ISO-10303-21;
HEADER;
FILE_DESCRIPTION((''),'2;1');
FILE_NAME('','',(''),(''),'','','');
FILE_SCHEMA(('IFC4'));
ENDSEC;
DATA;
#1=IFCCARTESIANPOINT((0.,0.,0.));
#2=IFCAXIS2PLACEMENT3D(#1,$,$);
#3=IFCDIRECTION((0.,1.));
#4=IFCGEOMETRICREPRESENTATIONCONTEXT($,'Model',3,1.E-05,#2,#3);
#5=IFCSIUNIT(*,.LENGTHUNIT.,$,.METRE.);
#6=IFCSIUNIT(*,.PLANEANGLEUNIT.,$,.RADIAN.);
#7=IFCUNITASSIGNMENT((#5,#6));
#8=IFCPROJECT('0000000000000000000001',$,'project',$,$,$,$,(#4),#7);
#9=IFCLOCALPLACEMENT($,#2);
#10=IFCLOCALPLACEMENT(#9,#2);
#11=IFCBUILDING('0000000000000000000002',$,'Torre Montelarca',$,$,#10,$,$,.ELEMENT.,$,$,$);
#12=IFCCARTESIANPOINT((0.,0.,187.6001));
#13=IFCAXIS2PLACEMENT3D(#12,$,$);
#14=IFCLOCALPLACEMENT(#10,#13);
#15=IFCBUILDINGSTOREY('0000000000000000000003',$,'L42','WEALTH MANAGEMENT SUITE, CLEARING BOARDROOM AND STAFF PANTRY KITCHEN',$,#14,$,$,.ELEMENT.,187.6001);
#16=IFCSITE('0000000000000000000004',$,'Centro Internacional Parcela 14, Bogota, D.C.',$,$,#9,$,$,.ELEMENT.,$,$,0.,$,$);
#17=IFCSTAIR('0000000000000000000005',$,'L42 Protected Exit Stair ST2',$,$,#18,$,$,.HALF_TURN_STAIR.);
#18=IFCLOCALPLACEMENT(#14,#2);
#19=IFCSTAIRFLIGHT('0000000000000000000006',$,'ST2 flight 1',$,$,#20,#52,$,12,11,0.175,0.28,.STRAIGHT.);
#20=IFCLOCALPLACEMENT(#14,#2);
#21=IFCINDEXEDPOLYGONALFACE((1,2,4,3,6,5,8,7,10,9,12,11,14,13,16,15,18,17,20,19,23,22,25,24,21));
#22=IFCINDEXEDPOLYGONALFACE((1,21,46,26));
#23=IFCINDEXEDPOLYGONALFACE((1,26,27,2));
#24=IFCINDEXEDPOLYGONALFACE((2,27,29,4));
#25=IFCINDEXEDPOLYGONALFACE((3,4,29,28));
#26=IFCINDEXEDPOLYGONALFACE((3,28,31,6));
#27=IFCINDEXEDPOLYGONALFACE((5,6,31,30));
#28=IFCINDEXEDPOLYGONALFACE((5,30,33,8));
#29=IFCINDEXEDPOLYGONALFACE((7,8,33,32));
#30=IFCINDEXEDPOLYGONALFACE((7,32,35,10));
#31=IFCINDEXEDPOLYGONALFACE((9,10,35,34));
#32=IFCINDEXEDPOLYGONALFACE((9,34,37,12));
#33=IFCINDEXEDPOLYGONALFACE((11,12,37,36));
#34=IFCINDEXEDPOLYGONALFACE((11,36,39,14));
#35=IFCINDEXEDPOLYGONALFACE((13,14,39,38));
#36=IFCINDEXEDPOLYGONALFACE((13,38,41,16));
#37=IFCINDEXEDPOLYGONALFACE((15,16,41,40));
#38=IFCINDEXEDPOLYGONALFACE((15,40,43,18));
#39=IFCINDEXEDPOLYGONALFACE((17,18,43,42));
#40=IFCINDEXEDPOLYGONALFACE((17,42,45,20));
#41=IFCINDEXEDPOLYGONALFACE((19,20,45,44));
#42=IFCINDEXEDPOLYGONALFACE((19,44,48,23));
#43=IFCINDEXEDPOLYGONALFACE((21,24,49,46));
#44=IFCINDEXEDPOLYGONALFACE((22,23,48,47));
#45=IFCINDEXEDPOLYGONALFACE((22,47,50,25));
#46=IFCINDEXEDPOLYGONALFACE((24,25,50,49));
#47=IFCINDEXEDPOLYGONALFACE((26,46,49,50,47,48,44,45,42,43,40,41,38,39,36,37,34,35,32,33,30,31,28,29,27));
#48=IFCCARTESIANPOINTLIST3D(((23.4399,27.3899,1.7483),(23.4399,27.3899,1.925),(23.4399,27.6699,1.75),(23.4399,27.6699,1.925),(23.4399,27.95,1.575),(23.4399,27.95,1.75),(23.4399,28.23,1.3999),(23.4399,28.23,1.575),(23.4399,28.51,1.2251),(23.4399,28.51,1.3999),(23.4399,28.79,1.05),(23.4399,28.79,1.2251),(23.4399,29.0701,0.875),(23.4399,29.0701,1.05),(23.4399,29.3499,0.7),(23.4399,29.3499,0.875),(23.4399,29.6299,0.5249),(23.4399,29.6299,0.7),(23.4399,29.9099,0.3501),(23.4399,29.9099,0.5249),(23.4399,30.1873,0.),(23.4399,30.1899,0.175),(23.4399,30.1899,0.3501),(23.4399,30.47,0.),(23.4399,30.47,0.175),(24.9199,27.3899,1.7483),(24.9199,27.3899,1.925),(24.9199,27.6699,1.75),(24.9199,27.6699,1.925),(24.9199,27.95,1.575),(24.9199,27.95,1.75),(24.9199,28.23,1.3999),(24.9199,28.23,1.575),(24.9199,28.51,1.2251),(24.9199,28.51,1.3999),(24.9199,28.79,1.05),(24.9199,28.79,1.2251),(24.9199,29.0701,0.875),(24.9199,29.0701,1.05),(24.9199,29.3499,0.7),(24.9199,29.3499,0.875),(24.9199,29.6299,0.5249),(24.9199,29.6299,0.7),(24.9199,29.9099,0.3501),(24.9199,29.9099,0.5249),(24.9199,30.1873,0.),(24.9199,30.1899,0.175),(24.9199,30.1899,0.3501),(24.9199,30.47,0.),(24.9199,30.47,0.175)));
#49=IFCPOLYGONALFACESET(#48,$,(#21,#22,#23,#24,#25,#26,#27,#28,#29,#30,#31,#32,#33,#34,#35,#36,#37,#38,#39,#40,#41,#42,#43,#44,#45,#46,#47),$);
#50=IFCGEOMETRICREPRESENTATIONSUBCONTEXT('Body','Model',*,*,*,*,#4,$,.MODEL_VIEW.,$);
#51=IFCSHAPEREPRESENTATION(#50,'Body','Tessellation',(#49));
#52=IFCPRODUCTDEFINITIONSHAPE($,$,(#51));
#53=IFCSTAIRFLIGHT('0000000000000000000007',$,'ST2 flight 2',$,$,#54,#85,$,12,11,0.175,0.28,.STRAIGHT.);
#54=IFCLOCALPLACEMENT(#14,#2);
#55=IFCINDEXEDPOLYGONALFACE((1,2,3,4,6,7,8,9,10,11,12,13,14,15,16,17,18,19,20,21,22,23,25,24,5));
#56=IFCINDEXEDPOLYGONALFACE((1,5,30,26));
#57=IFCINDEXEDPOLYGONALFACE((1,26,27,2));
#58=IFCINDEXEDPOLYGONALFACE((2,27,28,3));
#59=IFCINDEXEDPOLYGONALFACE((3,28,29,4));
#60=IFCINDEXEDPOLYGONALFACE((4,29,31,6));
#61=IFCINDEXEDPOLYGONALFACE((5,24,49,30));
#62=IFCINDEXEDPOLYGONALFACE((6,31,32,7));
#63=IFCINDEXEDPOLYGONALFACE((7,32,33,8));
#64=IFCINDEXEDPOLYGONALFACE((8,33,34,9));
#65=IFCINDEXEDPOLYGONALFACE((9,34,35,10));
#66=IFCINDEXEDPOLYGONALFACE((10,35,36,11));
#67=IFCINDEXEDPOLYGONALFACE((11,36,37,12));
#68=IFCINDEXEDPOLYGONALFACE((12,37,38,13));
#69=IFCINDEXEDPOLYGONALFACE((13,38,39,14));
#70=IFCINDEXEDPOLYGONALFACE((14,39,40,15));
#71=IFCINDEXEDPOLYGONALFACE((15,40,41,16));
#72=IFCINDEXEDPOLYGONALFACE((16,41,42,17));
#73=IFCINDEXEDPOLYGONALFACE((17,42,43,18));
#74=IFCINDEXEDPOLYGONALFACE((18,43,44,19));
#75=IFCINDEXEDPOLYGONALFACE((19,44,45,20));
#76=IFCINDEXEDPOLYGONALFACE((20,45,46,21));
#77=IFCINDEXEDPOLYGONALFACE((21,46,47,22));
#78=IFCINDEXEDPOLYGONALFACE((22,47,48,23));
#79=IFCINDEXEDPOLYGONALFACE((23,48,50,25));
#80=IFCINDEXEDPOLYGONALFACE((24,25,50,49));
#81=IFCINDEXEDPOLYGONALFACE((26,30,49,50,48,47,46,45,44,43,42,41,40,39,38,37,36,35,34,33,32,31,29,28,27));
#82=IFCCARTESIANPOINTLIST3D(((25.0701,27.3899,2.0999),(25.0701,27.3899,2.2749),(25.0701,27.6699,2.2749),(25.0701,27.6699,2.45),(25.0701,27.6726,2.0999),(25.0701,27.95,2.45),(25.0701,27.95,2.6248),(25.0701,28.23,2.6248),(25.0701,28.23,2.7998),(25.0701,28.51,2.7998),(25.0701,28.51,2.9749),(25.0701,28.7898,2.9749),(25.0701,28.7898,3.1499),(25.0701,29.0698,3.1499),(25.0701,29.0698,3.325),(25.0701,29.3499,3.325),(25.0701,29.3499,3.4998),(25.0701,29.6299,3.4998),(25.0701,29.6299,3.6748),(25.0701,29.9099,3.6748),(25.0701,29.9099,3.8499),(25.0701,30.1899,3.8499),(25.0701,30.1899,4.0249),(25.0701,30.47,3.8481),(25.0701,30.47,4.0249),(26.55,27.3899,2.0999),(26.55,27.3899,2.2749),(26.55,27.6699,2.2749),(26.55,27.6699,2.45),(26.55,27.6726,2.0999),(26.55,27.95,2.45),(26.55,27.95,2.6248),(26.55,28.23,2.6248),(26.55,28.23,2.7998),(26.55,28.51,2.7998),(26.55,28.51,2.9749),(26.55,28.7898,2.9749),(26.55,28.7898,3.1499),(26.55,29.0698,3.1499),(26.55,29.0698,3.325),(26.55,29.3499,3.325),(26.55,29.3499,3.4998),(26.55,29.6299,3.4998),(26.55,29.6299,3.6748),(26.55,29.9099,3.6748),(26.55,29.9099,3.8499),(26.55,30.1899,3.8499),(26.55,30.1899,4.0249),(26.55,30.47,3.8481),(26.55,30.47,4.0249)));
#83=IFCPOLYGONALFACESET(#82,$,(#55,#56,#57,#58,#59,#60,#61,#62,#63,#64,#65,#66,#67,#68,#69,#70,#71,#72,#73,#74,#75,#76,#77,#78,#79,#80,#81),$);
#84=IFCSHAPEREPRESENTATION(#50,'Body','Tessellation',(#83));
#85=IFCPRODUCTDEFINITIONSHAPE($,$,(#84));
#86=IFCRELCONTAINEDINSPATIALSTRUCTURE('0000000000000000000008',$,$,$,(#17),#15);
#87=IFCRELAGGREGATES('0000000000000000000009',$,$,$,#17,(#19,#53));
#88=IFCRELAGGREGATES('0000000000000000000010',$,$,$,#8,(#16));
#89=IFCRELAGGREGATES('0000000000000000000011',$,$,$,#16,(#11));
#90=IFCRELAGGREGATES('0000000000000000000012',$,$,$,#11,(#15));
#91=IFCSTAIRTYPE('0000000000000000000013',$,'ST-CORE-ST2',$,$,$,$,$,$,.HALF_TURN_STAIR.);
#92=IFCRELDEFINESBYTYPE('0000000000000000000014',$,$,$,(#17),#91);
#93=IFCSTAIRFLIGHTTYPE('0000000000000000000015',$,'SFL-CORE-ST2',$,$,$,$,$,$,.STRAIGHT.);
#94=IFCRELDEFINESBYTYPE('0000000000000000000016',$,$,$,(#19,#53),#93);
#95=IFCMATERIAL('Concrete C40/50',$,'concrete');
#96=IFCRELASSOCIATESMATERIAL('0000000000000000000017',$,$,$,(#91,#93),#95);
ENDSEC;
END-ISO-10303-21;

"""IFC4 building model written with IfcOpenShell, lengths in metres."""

from ifc_helpers import new_model, si_unit, direction, frame, origin, place, context, subcontext, project, spatial, polyline, outline, extrude, material, type_object, element, aggregate, save


model = new_model("IFC4")

# Units and contexts
model_context = context("Model", 3, precision=1e-05, world=origin(), true_north=direction((0.0, 1.0)))
body_context = subcontext(model_context, "Body", "Model", "MODEL_VIEW")
ifc_project = project(units=[si_unit("LENGTHUNIT", "METRE"), si_unit("PLANEANGLEUNIT", "RADIAN")], contexts=[model_context])

# Site, building, storey
site_placement = place(None, origin())
site = spatial("IfcSite", under=ifc_project, at=site_placement, Name="Centro Internacional Parcela 14, Bogota, D.C.", CompositionType="ELEMENT", RefElevation=0.0)
building_placement = place(site_placement, origin())
building = spatial("IfcBuilding", under=site, at=building_placement, Name="Torre Montelarca", CompositionType="ELEMENT")
storey_placement = place(building_placement, frame((0.0, 0.0, 187.6001)))
storey = spatial("IfcBuildingStorey", under=building, at=storey_placement, Name="L42", Description="WEALTH MANAGEMENT SUITE, CLEARING BOARDROOM AND STAFF PANTRY KITCHEN", CompositionType="ELEMENT", Elevation=187.6001)

# Shared definitions
ifc_material_1 = material(Name="Concrete C40/50", Category="concrete")

# Stair, stair flights
stair_type = type_object("IfcStairType", Name="ST-CORE-ST2", PredefinedType="HALF_TURN_STAIR", material=ifc_material_1)
stair_placement = place(storey_placement, origin())
stair = element("IfcStair", 1, at=stair_placement, inside=storey, type_object=stair_type, Name="L42 Protected Exit Stair ST2", PredefinedType="HALF_TURN_STAIR")
stair_flight_type = type_object("IfcStairFlightType", Name="SFL-CORE-ST2", PredefinedType="STRAIGHT", material=ifc_material_1)
stair_flight_1_placement = place(storey_placement, frame((24.1799, 30.47, 0.0), z_axis=(0.0, 0.0, 1.0), x_axis=(0.0, -1.0, 0.0)))
stair_flight_1 = element("IfcStairFlight", 2, at=stair_flight_1_placement, type_object=stair_flight_type, Name="ST2 flight 1", NumberOfRisers=12, NumberOfTreads=11, PredefinedType="STRAIGHT", RiserHeight=0.175, TreadLength=0.28, context=body_context, shape_type="SweptSolid", body=[
    extrude(outline(polyline([(0.0, 0.0), (0.0, 0.175), (0.28, 0.175), (0.28, 0.3501), (0.5601, 0.3501), (0.5601, 0.5249), (0.8401, 0.5249), (0.8401, 0.7), (1.1201, 0.7), (1.1201, 0.875), (1.3999, 0.875), (1.3999, 1.05), (1.6799, 1.05), (1.6799, 1.2251), (1.96, 1.2251), (1.96, 1.3999), (2.24, 1.3999), (2.24, 1.575), (2.52, 1.575), (2.52, 1.75), (2.8, 1.75), (2.8, 1.925), (3.0801, 1.925), (3.0801, 2.1001), (3.0801, 1.7483), (0.2827, 0.0), (0.0, 0.0)])), frame((0.0, 0.74, 0.0), z_axis=(0.0, -1.0, 0.0), x_axis=(1.0, 0.0, 0.0)), (0.0, 0.0, 1.0), 1.48),
])
stair_flight_2_placement = place(storey_placement, frame((25.8101, 27.3899, 2.0999), z_axis=(0.0, 0.0, 1.0), x_axis=(0.0, 1.0, 0.0)))
stair_flight_2 = element("IfcStairFlight", 3, at=stair_flight_2_placement, type_object=stair_flight_type, Name="ST2 flight 2", NumberOfRisers=12, NumberOfTreads=11, PredefinedType="STRAIGHT", RiserHeight=0.175, TreadLength=0.28, context=body_context, shape_type="SweptSolid", body=[
    extrude(outline(polyline([(0.0, 0.0), (0.0, 0.175), (0.28, 0.175), (0.28, 0.3501), (0.5601, 0.3501), (0.5601, 0.5249), (0.8401, 0.5249), (0.8401, 0.7), (1.1201, 0.7), (1.1201, 0.875), (1.3999, 0.875), (1.3999, 1.05), (1.6799, 1.05), (1.6799, 1.2251), (1.96, 1.2251), (1.96, 1.3999), (2.24, 1.3999), (2.24, 1.575), (2.52, 1.575), (2.52, 1.75), (2.8, 1.75), (2.8, 1.925), (3.0801, 1.925), (3.0801, 2.1001), (3.0801, 1.7483), (0.2827, 0.0), (0.0, 0.0)])), frame((0.0, 0.74, 0.0), z_axis=(0.0, -1.0, 0.0), x_axis=(1.0, 0.0, 0.0)), (0.0, 0.0, 1.0), 1.48),
])
aggregate(stair, [stair_flight_1, stair_flight_2])

save(model, "model.ifc")
